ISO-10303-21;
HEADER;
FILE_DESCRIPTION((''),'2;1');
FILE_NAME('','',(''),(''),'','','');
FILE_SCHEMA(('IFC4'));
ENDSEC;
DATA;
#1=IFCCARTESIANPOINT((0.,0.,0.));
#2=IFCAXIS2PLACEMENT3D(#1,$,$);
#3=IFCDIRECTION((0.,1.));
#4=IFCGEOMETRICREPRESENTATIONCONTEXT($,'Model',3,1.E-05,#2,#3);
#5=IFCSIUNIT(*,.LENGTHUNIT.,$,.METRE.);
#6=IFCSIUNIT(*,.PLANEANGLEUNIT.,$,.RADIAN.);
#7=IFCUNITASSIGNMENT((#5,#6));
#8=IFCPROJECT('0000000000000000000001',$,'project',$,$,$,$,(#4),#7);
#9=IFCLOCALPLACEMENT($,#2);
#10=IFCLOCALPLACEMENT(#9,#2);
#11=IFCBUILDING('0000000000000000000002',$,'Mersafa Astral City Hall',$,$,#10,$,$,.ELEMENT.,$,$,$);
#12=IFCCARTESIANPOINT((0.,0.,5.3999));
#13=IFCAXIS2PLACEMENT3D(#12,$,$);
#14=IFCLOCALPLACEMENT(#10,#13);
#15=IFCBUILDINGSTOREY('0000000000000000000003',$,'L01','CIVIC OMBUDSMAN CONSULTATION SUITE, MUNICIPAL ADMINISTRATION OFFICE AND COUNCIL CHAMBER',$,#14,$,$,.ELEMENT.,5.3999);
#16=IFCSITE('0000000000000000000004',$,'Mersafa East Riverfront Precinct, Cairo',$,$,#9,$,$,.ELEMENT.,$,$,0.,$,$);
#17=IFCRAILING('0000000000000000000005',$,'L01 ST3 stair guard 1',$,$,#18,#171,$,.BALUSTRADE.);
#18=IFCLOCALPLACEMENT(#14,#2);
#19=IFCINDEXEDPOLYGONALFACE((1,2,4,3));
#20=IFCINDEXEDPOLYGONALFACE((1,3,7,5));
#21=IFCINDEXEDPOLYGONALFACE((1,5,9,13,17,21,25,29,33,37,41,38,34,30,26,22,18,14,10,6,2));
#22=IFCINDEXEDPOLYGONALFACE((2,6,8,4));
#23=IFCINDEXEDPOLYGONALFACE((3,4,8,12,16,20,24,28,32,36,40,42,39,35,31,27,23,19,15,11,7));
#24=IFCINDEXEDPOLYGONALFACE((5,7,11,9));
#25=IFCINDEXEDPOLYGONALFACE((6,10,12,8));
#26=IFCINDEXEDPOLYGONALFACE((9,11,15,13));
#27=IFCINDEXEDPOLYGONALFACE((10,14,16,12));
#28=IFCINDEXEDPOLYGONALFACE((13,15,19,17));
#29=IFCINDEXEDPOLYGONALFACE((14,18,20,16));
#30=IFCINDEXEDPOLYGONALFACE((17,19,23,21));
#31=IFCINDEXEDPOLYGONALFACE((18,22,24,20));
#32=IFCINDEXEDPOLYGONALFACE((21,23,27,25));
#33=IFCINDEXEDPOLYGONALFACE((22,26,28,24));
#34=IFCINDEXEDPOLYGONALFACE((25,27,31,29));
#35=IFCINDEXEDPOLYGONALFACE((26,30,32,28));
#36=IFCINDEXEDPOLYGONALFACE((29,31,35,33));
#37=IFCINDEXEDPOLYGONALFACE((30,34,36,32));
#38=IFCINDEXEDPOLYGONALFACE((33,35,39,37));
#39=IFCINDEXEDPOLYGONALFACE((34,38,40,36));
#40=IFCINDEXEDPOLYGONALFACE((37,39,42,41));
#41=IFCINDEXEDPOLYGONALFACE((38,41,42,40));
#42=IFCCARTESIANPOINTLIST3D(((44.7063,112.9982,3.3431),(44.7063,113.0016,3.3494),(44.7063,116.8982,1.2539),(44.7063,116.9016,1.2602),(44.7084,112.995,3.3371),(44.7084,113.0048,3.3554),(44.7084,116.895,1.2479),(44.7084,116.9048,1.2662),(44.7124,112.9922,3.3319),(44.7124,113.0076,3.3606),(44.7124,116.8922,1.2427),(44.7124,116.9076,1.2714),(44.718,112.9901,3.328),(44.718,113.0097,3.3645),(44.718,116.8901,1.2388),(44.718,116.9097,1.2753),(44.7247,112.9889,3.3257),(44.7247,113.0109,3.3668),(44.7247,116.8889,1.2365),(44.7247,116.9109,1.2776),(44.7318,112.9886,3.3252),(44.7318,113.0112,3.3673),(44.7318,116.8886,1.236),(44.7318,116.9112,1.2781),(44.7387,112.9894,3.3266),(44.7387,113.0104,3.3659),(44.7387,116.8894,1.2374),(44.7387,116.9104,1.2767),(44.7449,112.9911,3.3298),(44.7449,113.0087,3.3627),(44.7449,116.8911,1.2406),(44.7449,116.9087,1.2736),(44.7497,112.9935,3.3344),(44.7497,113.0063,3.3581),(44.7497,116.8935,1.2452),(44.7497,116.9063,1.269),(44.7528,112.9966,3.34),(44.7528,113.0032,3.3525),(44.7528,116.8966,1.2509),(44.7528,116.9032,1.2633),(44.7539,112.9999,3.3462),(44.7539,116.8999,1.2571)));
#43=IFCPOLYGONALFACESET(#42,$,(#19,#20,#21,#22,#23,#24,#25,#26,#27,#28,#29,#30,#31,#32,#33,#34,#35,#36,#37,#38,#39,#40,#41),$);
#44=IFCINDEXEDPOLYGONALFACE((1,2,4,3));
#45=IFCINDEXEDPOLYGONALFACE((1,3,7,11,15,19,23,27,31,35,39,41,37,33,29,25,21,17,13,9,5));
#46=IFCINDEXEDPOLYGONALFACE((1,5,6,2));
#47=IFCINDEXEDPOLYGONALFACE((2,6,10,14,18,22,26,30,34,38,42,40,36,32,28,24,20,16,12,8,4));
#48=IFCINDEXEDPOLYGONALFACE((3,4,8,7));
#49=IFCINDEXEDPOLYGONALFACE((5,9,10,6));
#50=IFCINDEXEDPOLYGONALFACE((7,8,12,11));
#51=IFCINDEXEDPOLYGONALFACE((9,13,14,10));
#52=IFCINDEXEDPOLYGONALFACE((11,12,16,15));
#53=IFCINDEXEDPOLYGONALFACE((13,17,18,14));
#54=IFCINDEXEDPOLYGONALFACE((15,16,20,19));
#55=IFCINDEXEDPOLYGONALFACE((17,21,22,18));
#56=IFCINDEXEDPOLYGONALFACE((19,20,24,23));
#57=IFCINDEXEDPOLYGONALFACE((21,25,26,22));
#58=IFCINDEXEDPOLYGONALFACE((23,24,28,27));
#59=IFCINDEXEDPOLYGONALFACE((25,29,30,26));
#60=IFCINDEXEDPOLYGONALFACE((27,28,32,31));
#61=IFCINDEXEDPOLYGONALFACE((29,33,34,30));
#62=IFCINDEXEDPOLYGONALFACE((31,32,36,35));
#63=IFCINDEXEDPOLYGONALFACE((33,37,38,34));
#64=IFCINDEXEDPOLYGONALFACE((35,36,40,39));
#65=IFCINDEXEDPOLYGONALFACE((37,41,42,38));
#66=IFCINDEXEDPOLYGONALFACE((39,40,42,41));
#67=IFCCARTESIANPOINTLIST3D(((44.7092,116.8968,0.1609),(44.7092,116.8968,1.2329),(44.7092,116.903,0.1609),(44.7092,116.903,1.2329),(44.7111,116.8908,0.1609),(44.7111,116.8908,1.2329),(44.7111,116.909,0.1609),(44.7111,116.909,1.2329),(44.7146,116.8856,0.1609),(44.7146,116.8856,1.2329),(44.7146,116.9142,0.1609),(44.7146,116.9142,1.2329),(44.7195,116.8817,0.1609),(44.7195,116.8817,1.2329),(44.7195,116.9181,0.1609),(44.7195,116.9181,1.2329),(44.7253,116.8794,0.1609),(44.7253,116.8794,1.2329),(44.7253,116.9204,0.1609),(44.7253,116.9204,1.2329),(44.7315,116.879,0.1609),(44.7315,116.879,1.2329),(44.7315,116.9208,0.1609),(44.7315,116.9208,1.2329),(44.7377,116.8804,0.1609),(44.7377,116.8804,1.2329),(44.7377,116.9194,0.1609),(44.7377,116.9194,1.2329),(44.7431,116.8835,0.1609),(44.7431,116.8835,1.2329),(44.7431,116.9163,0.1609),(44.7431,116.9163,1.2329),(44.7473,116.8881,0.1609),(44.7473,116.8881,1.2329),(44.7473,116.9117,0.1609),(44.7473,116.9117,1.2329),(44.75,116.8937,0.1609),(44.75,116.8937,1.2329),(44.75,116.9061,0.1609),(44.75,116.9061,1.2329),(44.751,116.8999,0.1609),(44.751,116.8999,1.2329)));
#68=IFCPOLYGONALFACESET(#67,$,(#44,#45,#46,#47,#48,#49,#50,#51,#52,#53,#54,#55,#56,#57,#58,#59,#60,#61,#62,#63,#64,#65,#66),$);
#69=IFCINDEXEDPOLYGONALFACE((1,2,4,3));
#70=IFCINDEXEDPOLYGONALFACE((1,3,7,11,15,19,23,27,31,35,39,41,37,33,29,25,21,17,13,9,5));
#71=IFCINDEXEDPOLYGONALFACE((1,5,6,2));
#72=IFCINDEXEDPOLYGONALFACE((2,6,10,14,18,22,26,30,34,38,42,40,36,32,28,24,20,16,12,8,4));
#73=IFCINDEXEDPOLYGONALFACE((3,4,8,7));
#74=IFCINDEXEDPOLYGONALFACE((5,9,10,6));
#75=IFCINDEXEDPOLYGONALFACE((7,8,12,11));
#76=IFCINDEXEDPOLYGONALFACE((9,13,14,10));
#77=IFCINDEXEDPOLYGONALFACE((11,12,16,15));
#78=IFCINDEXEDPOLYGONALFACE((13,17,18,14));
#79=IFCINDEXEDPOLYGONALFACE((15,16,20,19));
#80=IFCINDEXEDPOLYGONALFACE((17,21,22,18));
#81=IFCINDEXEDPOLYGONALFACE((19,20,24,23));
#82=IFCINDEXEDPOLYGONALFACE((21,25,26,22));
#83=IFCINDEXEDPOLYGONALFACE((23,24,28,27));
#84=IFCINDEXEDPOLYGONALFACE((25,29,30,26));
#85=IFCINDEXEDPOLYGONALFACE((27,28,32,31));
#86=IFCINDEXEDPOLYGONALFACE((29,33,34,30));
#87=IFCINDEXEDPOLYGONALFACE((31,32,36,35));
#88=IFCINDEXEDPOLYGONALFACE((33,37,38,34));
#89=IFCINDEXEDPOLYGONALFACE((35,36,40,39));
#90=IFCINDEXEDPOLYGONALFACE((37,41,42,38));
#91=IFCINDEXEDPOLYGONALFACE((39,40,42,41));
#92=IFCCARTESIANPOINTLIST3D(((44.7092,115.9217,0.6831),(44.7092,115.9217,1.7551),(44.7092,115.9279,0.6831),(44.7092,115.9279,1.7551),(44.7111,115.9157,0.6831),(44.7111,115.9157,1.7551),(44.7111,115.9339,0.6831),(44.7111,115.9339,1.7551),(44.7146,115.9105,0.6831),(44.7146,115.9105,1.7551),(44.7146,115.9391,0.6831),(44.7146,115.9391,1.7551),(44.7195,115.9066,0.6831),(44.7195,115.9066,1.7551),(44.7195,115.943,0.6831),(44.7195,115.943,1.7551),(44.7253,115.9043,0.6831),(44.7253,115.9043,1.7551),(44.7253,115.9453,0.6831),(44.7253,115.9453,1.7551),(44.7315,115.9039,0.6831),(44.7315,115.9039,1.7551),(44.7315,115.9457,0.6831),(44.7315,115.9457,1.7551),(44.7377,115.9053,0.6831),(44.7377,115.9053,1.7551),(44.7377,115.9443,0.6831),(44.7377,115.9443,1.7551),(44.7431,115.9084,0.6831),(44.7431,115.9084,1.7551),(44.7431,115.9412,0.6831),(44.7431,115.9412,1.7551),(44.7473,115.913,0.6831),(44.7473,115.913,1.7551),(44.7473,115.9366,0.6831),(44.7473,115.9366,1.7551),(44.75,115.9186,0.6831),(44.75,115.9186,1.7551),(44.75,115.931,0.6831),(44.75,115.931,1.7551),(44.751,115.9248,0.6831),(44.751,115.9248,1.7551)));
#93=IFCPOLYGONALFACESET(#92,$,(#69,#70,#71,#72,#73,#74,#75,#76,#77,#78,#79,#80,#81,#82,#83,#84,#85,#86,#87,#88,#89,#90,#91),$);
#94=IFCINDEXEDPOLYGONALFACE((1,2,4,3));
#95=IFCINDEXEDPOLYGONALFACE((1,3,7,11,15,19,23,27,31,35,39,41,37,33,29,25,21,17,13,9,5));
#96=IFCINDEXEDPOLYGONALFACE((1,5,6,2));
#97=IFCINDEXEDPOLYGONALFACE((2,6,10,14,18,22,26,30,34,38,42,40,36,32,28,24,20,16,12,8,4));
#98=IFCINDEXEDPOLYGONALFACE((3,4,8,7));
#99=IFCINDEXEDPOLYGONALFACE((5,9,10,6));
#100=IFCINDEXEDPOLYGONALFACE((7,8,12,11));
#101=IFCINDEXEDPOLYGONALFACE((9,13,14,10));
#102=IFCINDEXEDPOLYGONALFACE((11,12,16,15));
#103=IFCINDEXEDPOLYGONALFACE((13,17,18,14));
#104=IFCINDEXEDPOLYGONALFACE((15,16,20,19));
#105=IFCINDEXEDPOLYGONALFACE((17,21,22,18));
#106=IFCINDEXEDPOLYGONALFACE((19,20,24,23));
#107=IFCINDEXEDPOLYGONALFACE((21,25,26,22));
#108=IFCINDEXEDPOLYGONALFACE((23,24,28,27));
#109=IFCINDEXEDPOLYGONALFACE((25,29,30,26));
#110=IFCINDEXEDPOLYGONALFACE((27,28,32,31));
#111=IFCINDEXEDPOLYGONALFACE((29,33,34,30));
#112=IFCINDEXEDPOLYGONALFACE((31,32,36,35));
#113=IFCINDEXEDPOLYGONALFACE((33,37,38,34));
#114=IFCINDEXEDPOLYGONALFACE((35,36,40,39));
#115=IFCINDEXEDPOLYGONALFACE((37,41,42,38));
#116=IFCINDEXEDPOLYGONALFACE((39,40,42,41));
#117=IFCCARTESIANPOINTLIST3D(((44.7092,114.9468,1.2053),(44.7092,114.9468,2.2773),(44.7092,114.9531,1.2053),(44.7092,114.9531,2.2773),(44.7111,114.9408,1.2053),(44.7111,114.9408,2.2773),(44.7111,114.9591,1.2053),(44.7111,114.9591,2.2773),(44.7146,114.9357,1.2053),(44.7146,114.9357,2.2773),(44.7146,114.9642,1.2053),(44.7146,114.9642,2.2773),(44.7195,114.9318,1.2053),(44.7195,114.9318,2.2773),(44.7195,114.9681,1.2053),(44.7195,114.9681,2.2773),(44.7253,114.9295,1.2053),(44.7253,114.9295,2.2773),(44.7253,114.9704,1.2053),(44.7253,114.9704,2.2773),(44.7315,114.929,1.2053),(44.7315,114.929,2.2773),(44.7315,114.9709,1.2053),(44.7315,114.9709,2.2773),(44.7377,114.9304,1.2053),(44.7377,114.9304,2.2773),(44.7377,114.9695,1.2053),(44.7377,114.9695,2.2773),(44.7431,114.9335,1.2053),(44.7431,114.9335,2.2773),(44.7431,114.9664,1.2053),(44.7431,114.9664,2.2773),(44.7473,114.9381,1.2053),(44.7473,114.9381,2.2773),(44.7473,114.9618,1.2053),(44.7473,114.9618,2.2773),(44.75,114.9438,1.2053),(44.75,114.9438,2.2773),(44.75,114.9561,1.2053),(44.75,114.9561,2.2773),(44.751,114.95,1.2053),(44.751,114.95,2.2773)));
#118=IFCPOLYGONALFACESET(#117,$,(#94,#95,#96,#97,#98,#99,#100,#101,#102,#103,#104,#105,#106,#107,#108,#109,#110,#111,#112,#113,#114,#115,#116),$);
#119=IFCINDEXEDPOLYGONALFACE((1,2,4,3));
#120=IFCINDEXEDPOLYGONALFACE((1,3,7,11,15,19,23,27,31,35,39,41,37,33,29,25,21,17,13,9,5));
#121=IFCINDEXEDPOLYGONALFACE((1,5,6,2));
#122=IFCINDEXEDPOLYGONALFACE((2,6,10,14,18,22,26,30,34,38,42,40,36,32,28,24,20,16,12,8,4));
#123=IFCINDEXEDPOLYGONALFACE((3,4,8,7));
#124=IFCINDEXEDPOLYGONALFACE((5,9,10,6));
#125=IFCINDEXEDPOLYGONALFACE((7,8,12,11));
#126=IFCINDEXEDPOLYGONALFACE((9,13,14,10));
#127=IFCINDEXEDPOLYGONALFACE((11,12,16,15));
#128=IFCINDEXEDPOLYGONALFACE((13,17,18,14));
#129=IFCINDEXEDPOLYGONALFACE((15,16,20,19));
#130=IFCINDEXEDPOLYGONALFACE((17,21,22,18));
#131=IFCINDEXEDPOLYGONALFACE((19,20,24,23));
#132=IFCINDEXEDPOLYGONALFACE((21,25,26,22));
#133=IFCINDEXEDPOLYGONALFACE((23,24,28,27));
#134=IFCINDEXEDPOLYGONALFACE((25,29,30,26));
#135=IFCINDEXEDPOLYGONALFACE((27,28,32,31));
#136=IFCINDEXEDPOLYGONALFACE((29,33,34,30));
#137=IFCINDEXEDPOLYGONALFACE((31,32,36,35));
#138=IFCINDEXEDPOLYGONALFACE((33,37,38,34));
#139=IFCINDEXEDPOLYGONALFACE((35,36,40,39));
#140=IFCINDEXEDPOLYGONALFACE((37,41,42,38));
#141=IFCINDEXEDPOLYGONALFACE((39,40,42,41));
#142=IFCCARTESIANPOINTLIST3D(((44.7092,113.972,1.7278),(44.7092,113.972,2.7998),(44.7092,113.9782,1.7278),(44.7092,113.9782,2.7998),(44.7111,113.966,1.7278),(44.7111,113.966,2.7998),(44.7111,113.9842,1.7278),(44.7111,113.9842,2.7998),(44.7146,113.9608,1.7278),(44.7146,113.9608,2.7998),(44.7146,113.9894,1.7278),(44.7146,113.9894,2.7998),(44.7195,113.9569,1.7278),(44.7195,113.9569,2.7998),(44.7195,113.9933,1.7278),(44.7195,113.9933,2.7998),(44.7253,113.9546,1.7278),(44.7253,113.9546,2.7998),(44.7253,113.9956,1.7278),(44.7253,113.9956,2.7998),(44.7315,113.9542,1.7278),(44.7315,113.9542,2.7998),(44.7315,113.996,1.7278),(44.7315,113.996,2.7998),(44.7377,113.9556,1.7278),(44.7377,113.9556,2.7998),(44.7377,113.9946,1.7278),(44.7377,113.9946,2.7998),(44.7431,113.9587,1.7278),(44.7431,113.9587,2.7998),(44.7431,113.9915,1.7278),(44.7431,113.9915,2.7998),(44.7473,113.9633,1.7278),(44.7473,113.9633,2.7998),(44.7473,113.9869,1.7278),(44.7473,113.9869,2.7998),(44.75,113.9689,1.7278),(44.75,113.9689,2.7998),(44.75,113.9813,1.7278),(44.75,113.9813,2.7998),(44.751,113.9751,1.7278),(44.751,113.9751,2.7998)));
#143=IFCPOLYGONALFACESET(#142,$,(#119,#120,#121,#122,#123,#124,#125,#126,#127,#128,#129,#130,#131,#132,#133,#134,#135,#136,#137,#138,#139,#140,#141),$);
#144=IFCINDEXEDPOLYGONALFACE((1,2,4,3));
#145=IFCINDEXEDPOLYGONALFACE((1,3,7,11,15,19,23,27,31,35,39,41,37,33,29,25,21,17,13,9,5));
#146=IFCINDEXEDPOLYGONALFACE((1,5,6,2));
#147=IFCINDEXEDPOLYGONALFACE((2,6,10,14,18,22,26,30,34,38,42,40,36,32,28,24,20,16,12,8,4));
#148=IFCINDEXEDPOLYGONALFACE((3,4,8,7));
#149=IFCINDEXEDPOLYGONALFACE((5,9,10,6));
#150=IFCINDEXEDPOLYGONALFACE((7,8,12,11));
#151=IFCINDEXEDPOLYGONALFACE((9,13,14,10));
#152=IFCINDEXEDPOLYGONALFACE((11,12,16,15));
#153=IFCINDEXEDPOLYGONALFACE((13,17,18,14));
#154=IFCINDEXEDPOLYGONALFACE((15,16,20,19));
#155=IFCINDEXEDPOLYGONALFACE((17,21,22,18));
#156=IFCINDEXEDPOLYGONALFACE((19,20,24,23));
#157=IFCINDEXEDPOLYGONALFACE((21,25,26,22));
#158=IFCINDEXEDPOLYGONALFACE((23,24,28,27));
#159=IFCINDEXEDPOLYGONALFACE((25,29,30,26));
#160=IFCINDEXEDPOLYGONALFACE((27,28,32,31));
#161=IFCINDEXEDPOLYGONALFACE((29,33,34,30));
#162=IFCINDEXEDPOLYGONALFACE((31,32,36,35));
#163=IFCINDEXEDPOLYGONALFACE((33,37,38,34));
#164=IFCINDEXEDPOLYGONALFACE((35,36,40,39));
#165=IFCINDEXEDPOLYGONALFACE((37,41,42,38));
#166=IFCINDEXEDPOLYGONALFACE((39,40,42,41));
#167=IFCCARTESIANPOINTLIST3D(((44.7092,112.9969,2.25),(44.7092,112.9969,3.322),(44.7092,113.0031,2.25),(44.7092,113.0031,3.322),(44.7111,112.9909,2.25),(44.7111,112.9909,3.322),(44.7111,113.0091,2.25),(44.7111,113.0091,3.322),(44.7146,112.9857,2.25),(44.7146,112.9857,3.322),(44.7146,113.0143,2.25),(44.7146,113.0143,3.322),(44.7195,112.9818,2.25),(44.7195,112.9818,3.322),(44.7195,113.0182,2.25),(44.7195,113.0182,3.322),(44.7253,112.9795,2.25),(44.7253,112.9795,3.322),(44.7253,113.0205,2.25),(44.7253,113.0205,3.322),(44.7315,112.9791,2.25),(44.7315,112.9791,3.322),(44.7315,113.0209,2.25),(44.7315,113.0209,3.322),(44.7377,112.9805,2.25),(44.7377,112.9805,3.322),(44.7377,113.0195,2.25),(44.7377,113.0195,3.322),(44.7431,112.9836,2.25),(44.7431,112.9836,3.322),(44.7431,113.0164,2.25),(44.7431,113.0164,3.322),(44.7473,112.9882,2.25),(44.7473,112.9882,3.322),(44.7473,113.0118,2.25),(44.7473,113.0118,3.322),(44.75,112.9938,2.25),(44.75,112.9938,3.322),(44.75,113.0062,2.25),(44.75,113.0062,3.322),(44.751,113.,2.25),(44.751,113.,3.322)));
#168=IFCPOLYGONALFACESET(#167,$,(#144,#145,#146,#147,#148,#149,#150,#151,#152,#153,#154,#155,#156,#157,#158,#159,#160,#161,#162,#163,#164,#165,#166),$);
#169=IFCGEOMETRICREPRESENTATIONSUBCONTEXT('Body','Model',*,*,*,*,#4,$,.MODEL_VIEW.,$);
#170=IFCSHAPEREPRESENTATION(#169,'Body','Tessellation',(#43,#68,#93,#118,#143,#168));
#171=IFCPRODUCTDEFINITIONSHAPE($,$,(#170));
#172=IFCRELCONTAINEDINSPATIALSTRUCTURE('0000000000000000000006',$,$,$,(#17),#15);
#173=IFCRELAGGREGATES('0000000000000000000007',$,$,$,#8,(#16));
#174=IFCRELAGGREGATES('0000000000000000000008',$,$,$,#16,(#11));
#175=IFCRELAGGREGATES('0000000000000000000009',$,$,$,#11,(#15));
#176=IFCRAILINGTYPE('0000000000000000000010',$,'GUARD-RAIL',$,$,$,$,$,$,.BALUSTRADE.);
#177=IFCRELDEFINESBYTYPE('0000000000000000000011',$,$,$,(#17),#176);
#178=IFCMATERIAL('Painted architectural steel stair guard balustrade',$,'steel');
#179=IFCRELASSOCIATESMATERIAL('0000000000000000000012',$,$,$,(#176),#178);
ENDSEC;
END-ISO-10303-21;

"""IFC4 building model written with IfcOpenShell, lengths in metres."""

from ifc_helpers import new_model, si_unit, direction, frame, origin, origin_2d, place, context, subcontext, project, spatial, circle, extrude, material, type_object, element, save


model = new_model("IFC4")

# Units and contexts
model_context = context("Model", 3, precision=1e-05, world=origin(), true_north=direction((0.0, 1.0)))
body_context = subcontext(model_context, "Body", "Model", "MODEL_VIEW")
ifc_project = project(units=[si_unit("LENGTHUNIT", "METRE"), si_unit("PLANEANGLEUNIT", "RADIAN")], contexts=[model_context])

# Site, building, storey
site_placement = place(None, origin())
site = spatial("IfcSite", under=ifc_project, at=site_placement, Name="Mersafa East Riverfront Precinct, Cairo", CompositionType="ELEMENT", RefElevation=0.0)
building_placement = place(site_placement, origin())
building = spatial("IfcBuilding", under=site, at=building_placement, Name="Mersafa Astral City Hall", CompositionType="ELEMENT")
storey_placement = place(building_placement, frame((0.0, 0.0, 5.3999)))
storey = spatial("IfcBuildingStorey", under=building, at=storey_placement, Name="L01", Description="CIVIC OMBUDSMAN CONSULTATION SUITE, MUNICIPAL ADMINISTRATION OFFICE AND COUNCIL CHAMBER", CompositionType="ELEMENT", Elevation=5.3999)

# Railing
ifc_material_1 = material(Name="Painted architectural steel stair guard balustrade", Category="steel")
railing_type_1 = type_object("IfcRailingType", Name="GUARD-RAIL", PredefinedType="BALUSTRADE", material=ifc_material_1)
railing_1_placement = place(storey_placement, frame((44.73, 116.8999, 0.1609)))
element("IfcRailing", 1, at=railing_1_placement, inside=storey, type_object=railing_type_1, Name="L01 ST3 stair guard 1", PredefinedType="BALUSTRADE", context=body_context, shape_type="SweptSolid", body=[
    extrude(circle(Radius=0.0239, at=origin_2d()), frame((0.0, 0.0, 1.0962), z_axis=(0.0, -0.881491, 0.4722), x_axis=(1.0, 0.0, 0.0)), (0.0, 0.0, 1.0), 4.4243),
    extrude(circle(Radius=0.021, at=origin_2d()), origin(), (0.0, 0.0, 1.0), 1.072),
    extrude(circle(Radius=0.021, at=origin_2d()), frame((0.0, -0.9751, 0.5222)), (0.0, 0.0, 1.0), 1.072),
    extrude(circle(Radius=0.021, at=origin_2d()), frame((0.0, -1.95, 1.0444)), (0.0, 0.0, 1.0), 1.072),
    extrude(circle(Radius=0.021, at=origin_2d()), frame((0.0, -2.9248, 1.5669)), (0.0, 0.0, 1.0), 1.072),
    extrude(circle(Radius=0.021, at=origin_2d()), frame((0.0, -3.8999, 2.0891)), (0.0, 0.0, 1.0), 1.072),
])

save(model, "model.ifc")
